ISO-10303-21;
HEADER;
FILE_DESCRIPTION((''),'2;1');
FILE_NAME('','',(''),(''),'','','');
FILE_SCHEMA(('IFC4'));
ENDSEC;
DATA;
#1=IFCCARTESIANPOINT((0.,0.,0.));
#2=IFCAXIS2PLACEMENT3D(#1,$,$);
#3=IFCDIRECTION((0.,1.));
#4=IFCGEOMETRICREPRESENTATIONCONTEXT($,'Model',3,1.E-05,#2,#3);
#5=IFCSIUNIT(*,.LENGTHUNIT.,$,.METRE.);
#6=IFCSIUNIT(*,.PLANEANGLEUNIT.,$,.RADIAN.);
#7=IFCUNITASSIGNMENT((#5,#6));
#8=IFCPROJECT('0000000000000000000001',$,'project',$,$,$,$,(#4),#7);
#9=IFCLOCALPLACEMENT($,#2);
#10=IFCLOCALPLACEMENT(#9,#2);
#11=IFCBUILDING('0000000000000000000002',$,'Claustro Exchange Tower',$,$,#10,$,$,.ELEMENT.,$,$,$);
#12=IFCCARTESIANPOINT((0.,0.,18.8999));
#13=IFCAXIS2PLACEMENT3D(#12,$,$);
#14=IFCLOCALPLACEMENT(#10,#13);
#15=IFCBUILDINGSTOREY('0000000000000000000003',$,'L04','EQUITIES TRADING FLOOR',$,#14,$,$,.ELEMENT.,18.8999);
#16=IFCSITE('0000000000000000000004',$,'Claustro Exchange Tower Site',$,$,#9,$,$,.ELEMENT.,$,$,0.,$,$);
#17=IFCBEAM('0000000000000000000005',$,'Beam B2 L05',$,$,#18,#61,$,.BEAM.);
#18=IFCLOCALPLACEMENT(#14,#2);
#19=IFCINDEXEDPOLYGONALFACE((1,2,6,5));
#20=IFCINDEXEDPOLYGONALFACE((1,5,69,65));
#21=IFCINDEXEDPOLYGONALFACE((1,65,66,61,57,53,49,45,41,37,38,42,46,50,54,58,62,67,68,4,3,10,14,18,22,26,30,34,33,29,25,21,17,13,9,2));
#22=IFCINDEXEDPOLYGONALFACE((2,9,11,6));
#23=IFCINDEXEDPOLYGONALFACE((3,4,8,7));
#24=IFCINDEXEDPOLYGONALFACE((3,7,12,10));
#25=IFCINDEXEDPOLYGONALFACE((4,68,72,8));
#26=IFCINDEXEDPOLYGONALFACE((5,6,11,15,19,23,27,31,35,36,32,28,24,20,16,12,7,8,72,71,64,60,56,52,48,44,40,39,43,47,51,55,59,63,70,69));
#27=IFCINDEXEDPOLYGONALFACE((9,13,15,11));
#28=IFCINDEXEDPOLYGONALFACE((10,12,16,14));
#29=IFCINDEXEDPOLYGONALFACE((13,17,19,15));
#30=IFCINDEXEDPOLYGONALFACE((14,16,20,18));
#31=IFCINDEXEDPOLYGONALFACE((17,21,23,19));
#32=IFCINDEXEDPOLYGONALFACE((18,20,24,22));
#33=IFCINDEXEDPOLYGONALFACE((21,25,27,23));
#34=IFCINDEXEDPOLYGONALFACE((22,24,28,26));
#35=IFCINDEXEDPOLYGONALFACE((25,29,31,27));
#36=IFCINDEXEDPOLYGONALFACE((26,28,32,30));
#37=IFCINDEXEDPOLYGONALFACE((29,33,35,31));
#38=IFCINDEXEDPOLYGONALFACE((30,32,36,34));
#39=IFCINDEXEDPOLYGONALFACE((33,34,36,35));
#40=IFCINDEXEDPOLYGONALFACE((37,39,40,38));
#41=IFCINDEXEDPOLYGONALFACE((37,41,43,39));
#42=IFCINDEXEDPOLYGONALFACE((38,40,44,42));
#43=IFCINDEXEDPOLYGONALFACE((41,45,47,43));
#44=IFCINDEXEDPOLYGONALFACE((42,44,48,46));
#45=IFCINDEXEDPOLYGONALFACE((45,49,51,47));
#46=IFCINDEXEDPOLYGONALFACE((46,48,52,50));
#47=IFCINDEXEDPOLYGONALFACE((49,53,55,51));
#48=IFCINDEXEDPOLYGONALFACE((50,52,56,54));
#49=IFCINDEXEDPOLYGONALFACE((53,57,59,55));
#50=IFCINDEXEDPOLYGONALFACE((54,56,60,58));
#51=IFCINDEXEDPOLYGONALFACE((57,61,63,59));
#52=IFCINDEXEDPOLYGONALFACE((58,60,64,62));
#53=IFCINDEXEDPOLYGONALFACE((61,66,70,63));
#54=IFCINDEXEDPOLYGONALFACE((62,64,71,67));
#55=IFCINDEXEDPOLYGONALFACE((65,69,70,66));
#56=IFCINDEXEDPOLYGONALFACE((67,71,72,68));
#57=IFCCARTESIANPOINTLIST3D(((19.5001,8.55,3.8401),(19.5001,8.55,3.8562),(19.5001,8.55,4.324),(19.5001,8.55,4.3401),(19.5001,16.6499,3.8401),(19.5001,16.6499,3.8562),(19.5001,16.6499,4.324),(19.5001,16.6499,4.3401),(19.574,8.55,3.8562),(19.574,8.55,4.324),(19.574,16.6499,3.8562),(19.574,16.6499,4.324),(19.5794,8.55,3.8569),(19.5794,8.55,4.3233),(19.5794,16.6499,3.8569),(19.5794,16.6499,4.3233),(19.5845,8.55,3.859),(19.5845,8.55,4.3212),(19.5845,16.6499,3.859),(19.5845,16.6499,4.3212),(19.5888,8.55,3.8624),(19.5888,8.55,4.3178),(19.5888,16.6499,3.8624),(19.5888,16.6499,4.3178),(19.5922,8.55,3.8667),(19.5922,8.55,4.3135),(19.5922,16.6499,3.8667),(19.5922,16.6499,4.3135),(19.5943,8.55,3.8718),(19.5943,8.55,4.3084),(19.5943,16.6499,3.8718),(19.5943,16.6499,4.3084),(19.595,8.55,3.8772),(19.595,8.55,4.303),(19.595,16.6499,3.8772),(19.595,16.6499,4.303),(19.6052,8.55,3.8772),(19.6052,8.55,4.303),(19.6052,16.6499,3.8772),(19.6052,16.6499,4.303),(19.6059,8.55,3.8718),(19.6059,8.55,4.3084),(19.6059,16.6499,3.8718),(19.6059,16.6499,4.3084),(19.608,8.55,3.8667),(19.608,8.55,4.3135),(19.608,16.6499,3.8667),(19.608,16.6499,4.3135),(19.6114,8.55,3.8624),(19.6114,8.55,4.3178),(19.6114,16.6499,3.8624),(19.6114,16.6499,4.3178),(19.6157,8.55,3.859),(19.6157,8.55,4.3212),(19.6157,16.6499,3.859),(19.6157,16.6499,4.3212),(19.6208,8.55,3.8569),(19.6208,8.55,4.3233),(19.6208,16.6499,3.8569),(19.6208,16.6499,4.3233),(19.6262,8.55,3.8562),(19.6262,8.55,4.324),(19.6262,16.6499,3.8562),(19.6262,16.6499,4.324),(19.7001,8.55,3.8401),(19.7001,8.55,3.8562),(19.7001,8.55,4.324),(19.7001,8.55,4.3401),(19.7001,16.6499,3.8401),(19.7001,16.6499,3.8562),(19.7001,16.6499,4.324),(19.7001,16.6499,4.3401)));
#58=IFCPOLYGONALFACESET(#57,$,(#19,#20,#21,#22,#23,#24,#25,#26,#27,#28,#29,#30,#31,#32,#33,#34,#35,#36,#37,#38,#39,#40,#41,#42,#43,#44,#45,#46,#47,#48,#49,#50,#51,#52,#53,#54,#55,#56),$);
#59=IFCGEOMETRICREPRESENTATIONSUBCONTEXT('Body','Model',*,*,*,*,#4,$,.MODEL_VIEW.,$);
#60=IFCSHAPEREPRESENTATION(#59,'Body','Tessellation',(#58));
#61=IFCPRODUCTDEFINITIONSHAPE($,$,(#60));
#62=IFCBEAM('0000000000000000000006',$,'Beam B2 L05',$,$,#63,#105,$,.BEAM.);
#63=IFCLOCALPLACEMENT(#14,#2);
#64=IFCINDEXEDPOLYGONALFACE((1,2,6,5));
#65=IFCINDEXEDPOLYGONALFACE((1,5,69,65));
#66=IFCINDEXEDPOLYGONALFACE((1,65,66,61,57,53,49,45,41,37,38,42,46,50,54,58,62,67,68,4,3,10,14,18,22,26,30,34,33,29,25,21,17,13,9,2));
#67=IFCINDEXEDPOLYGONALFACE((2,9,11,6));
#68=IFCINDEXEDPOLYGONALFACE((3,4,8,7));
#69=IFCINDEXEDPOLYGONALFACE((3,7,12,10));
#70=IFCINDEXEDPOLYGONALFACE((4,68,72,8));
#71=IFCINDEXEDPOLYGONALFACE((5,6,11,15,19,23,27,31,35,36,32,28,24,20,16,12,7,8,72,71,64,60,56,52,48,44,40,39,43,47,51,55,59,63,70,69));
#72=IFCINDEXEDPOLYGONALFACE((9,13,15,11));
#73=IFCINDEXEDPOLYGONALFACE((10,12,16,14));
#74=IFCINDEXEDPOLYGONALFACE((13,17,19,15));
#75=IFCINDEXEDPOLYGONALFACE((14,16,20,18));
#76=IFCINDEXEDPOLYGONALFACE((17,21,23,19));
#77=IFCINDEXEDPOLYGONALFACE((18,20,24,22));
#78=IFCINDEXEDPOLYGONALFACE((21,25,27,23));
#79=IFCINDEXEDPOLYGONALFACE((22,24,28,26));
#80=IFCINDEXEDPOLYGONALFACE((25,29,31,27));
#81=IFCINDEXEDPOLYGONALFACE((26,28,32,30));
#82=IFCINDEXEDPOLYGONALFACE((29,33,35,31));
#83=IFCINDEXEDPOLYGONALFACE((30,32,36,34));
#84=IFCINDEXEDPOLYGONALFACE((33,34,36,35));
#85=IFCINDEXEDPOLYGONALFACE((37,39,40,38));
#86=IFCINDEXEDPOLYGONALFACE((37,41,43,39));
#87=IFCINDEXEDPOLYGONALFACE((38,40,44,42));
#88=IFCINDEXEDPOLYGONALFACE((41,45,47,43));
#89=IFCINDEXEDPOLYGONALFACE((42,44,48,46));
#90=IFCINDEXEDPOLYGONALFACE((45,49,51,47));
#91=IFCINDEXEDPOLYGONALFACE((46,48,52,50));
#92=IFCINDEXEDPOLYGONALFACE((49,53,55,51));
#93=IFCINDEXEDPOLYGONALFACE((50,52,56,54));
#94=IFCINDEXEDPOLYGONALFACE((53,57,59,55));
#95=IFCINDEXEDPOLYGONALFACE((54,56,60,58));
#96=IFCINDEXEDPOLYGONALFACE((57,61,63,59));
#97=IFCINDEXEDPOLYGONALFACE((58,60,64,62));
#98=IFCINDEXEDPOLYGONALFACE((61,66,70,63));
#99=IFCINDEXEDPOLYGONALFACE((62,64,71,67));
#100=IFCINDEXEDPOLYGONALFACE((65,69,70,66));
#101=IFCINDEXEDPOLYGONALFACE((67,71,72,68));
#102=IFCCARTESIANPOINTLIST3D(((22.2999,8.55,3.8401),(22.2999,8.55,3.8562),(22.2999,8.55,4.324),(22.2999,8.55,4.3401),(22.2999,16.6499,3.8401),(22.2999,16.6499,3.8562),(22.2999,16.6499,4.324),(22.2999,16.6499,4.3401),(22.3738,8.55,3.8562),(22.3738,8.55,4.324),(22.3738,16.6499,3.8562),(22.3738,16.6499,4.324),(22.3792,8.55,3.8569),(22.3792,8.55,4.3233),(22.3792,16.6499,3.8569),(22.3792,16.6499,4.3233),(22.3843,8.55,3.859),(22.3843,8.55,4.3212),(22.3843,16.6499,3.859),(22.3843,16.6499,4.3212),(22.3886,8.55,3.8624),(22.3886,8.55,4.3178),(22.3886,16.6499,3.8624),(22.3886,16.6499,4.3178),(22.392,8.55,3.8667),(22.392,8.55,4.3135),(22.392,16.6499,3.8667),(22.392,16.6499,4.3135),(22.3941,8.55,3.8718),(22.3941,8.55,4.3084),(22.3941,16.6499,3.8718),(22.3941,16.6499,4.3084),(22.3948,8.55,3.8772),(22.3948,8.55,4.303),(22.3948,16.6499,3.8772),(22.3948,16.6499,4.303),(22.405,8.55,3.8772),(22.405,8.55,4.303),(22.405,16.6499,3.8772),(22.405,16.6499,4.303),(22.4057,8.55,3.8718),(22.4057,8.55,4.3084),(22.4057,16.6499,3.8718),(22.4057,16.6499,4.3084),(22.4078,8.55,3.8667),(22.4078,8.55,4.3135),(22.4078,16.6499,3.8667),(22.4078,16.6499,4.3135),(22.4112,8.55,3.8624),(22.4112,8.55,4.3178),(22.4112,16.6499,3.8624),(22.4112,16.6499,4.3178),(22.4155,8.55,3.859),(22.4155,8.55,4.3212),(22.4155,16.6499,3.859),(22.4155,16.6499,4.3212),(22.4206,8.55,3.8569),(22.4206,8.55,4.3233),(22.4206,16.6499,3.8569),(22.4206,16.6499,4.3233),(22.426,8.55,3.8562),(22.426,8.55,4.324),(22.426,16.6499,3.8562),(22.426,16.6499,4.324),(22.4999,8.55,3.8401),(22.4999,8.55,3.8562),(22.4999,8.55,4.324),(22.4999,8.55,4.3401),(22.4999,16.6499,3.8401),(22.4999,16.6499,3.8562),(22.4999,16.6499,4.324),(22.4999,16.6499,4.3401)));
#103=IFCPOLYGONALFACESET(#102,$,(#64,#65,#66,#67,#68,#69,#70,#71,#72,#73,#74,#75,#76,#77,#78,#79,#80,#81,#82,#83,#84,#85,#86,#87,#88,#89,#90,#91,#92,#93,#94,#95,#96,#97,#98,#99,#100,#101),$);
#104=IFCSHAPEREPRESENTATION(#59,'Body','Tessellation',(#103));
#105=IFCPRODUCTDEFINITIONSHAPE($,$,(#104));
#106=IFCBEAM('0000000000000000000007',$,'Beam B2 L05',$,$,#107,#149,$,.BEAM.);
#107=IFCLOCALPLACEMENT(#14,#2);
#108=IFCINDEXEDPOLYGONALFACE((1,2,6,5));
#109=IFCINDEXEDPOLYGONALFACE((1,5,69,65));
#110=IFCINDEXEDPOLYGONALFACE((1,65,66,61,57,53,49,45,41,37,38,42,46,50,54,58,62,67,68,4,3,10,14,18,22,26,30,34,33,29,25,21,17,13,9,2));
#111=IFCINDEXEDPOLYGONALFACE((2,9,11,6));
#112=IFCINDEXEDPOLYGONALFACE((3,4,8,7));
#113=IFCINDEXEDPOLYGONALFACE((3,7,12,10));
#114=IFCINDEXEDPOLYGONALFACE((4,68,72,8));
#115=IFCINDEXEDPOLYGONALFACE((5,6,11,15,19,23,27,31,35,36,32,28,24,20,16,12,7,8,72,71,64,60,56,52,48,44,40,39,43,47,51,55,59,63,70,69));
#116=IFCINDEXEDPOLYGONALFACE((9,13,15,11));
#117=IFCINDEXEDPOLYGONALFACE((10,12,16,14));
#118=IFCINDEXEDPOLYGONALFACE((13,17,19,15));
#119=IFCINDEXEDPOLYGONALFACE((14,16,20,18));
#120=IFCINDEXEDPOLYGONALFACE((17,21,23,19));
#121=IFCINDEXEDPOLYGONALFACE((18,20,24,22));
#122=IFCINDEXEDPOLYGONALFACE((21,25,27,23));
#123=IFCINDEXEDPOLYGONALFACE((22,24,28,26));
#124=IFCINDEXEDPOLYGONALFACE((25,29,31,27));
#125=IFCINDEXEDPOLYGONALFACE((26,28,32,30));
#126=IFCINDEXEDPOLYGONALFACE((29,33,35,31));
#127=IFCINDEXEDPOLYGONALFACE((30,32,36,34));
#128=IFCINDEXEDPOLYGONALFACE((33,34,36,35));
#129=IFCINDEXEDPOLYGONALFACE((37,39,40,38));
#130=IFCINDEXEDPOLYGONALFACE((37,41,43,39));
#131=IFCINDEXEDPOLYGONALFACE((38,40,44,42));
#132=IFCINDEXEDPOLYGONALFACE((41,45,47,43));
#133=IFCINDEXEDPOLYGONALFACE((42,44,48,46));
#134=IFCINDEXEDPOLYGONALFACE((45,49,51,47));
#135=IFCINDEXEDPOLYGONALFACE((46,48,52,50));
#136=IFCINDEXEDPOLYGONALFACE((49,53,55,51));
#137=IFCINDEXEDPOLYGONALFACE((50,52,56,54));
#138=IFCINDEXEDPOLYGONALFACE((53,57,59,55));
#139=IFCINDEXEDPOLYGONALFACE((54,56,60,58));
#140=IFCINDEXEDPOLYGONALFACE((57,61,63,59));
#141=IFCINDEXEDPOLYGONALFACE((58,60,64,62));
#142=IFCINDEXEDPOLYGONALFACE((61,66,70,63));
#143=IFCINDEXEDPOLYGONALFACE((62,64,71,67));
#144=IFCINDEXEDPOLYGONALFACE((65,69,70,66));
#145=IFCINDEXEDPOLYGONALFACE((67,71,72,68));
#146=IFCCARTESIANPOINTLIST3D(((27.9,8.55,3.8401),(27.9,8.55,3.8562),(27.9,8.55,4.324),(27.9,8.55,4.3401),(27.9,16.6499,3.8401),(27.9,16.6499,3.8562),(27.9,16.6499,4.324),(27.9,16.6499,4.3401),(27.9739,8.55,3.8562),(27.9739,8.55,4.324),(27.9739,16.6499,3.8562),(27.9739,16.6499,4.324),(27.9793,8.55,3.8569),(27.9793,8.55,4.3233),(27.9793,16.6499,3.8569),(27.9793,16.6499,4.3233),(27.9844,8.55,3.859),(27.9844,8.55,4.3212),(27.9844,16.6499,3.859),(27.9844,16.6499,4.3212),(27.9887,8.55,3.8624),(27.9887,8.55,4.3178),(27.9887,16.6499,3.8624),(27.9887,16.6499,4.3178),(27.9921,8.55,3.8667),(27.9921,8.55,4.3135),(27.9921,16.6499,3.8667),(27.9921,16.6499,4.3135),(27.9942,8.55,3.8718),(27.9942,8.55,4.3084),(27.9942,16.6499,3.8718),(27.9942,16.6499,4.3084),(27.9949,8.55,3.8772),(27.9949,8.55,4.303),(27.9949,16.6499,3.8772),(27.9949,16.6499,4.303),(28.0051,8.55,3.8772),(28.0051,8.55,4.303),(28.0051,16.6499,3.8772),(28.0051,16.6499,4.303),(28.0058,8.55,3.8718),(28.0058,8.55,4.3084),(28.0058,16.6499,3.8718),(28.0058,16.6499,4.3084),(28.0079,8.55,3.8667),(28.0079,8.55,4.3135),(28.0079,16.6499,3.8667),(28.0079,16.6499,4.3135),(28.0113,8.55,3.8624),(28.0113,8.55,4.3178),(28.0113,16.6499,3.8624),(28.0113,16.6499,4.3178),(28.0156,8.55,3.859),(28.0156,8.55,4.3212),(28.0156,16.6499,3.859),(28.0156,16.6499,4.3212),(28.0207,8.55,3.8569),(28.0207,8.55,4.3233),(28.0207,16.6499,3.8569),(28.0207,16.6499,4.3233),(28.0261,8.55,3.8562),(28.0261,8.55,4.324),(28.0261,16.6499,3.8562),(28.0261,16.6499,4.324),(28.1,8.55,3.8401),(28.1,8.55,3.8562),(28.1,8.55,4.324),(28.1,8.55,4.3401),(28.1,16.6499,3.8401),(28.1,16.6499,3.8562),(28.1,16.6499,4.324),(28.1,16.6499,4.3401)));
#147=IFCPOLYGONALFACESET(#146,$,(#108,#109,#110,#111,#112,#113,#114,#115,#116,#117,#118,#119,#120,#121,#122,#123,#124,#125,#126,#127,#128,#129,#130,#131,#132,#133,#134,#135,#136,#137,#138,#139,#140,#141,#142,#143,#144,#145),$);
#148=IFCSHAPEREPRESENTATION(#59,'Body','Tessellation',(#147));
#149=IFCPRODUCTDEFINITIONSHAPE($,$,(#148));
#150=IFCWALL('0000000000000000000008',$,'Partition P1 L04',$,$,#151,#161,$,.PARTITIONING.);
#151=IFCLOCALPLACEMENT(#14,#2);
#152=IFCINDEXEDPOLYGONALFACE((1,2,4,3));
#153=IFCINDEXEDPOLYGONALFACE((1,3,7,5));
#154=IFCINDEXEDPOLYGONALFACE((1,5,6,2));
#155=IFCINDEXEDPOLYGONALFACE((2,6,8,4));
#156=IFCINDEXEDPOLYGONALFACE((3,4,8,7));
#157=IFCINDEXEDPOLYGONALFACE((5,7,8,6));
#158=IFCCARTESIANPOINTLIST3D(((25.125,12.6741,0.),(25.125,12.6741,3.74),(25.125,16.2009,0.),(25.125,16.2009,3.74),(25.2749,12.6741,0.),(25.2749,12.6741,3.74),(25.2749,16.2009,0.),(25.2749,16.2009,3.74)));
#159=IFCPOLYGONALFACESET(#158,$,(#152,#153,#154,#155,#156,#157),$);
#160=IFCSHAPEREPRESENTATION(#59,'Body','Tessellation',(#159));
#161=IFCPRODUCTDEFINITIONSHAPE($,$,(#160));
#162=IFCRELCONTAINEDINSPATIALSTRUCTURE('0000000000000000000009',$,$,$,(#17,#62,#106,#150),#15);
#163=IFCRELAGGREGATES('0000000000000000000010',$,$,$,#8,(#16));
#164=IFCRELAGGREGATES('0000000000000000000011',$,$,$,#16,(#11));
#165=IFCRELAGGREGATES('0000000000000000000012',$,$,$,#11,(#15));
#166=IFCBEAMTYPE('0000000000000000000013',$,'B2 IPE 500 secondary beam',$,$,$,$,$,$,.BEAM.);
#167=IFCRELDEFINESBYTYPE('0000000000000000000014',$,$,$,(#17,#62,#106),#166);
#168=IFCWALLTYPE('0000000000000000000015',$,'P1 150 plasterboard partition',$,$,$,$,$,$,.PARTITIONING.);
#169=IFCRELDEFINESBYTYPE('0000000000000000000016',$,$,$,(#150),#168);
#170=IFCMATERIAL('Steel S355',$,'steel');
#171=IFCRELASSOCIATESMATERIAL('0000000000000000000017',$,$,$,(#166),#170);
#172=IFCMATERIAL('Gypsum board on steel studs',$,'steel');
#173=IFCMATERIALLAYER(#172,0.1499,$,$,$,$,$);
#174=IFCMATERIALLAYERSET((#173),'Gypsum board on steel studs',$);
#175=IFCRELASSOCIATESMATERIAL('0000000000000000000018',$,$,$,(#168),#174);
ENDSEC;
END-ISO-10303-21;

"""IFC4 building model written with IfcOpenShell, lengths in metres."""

from ifc_helpers import new_model, si_unit, direction, frame, frame_2d, origin, origin_2d, place, context, subcontext, project, spatial, rectangle, i_section, extrude, material, layer, layer_set, material_profile, profile_set, type_object, element, save


model = new_model("IFC4")

# Units and contexts
model_context = context("Model", 3, precision=1e-05, world=origin(), true_north=direction((0.0, 1.0)))
body_context = subcontext(model_context, "Body", "Model", "MODEL_VIEW")
ifc_project = project(units=[si_unit("LENGTHUNIT", "METRE"), si_unit("PLANEANGLEUNIT", "RADIAN")], contexts=[model_context])

# Site, building, storey
site_placement = place(None, origin())
site = spatial("IfcSite", under=ifc_project, at=site_placement, Name="Claustro Exchange Tower Site", CompositionType="ELEMENT", RefElevation=0.0)
building_placement = place(site_placement, origin())
building = spatial("IfcBuilding", under=site, at=building_placement, Name="Claustro Exchange Tower", CompositionType="ELEMENT")
storey_placement = place(building_placement, frame((0.0, 0.0, 18.8999)))
storey = spatial("IfcBuildingStorey", under=building, at=storey_placement, Name="L04", Description="EQUITIES TRADING FLOOR", CompositionType="ELEMENT", Elevation=18.8999)

# Beams
ifc_material_1 = material(Name="Steel S355", Category="steel")
ifc_material_profile_1 = material_profile(ifc_material_1, i_section(OverallWidth=0.2, OverallDepth=0.5, WebThickness=0.0103, FlangeThickness=0.0161, FilletRadius=0.021, at=origin_2d()), Name="IPE 500")
ifc_profile_set_1 = profile_set([ifc_material_profile_1], Name="Steel S355")
beam_type_1 = type_object("IfcBeamType", Name="B2 IPE 500 secondary beam", PredefinedType="BEAM", material=ifc_profile_set_1)
for number, where, z_axis, x_axis, name in (
    (1, (19.6001, 8.55, 4.0901), (0.0, 1.0, 0.0), (-1.0, 0.0, 0.0), "Beam B2 L05"),
    (2, (22.3999, 8.55, 4.0901), (0.0, 1.0, 0.0), (-1.0, 0.0, 0.0), "Beam B2 L05"),
    (3, (28.0, 8.55, 4.0901), (0.0, 1.0, 0.0), (-1.0, 0.0, 0.0), "Beam B2 L05"),
):
    element("IfcBeam", number, at=place(storey_placement, frame(where, z_axis=z_axis, x_axis=x_axis)), inside=storey, type_object=beam_type_1, Name=name, PredefinedType="BEAM", context=body_context, shape_type="SweptSolid", body=[
        extrude(i_section(OverallWidth=0.2, OverallDepth=0.5, WebThickness=0.0103, FlangeThickness=0.0161, FilletRadius=0.021, at=origin_2d()), origin(), (0.0, 0.0, 1.0), 8.0999),
    ])

# Wall
ifc_material_2 = material(Name="Gypsum board on steel studs", Category="steel")
ifc_layer_1 = layer(ifc_material_2, 0.1499)
ifc_layer_set_1 = layer_set([ifc_layer_1], Name="Gypsum board on steel studs")
wall_type_1 = type_object("IfcWallType", Name="P1 150 plasterboard partition", PredefinedType="PARTITIONING", material=ifc_layer_set_1)
wall_1_placement = place(storey_placement, frame((25.2, 12.6741, 0.0), z_axis=(0.0, 0.0, 1.0), x_axis=(0.0, 1.0, 0.0)))
element("IfcWall", 4, at=wall_1_placement, inside=storey, type_object=wall_type_1, Name="Partition P1 L04", PredefinedType="PARTITIONING", context=body_context, shape_type="SweptSolid", body=[
    extrude(rectangle(XDim=3.5269, YDim=0.1499, at=frame_2d((1.7634, 0.0))), origin(), (0.0, 0.0, 1.0), 3.74),
])

save(model, "model.ifc")
